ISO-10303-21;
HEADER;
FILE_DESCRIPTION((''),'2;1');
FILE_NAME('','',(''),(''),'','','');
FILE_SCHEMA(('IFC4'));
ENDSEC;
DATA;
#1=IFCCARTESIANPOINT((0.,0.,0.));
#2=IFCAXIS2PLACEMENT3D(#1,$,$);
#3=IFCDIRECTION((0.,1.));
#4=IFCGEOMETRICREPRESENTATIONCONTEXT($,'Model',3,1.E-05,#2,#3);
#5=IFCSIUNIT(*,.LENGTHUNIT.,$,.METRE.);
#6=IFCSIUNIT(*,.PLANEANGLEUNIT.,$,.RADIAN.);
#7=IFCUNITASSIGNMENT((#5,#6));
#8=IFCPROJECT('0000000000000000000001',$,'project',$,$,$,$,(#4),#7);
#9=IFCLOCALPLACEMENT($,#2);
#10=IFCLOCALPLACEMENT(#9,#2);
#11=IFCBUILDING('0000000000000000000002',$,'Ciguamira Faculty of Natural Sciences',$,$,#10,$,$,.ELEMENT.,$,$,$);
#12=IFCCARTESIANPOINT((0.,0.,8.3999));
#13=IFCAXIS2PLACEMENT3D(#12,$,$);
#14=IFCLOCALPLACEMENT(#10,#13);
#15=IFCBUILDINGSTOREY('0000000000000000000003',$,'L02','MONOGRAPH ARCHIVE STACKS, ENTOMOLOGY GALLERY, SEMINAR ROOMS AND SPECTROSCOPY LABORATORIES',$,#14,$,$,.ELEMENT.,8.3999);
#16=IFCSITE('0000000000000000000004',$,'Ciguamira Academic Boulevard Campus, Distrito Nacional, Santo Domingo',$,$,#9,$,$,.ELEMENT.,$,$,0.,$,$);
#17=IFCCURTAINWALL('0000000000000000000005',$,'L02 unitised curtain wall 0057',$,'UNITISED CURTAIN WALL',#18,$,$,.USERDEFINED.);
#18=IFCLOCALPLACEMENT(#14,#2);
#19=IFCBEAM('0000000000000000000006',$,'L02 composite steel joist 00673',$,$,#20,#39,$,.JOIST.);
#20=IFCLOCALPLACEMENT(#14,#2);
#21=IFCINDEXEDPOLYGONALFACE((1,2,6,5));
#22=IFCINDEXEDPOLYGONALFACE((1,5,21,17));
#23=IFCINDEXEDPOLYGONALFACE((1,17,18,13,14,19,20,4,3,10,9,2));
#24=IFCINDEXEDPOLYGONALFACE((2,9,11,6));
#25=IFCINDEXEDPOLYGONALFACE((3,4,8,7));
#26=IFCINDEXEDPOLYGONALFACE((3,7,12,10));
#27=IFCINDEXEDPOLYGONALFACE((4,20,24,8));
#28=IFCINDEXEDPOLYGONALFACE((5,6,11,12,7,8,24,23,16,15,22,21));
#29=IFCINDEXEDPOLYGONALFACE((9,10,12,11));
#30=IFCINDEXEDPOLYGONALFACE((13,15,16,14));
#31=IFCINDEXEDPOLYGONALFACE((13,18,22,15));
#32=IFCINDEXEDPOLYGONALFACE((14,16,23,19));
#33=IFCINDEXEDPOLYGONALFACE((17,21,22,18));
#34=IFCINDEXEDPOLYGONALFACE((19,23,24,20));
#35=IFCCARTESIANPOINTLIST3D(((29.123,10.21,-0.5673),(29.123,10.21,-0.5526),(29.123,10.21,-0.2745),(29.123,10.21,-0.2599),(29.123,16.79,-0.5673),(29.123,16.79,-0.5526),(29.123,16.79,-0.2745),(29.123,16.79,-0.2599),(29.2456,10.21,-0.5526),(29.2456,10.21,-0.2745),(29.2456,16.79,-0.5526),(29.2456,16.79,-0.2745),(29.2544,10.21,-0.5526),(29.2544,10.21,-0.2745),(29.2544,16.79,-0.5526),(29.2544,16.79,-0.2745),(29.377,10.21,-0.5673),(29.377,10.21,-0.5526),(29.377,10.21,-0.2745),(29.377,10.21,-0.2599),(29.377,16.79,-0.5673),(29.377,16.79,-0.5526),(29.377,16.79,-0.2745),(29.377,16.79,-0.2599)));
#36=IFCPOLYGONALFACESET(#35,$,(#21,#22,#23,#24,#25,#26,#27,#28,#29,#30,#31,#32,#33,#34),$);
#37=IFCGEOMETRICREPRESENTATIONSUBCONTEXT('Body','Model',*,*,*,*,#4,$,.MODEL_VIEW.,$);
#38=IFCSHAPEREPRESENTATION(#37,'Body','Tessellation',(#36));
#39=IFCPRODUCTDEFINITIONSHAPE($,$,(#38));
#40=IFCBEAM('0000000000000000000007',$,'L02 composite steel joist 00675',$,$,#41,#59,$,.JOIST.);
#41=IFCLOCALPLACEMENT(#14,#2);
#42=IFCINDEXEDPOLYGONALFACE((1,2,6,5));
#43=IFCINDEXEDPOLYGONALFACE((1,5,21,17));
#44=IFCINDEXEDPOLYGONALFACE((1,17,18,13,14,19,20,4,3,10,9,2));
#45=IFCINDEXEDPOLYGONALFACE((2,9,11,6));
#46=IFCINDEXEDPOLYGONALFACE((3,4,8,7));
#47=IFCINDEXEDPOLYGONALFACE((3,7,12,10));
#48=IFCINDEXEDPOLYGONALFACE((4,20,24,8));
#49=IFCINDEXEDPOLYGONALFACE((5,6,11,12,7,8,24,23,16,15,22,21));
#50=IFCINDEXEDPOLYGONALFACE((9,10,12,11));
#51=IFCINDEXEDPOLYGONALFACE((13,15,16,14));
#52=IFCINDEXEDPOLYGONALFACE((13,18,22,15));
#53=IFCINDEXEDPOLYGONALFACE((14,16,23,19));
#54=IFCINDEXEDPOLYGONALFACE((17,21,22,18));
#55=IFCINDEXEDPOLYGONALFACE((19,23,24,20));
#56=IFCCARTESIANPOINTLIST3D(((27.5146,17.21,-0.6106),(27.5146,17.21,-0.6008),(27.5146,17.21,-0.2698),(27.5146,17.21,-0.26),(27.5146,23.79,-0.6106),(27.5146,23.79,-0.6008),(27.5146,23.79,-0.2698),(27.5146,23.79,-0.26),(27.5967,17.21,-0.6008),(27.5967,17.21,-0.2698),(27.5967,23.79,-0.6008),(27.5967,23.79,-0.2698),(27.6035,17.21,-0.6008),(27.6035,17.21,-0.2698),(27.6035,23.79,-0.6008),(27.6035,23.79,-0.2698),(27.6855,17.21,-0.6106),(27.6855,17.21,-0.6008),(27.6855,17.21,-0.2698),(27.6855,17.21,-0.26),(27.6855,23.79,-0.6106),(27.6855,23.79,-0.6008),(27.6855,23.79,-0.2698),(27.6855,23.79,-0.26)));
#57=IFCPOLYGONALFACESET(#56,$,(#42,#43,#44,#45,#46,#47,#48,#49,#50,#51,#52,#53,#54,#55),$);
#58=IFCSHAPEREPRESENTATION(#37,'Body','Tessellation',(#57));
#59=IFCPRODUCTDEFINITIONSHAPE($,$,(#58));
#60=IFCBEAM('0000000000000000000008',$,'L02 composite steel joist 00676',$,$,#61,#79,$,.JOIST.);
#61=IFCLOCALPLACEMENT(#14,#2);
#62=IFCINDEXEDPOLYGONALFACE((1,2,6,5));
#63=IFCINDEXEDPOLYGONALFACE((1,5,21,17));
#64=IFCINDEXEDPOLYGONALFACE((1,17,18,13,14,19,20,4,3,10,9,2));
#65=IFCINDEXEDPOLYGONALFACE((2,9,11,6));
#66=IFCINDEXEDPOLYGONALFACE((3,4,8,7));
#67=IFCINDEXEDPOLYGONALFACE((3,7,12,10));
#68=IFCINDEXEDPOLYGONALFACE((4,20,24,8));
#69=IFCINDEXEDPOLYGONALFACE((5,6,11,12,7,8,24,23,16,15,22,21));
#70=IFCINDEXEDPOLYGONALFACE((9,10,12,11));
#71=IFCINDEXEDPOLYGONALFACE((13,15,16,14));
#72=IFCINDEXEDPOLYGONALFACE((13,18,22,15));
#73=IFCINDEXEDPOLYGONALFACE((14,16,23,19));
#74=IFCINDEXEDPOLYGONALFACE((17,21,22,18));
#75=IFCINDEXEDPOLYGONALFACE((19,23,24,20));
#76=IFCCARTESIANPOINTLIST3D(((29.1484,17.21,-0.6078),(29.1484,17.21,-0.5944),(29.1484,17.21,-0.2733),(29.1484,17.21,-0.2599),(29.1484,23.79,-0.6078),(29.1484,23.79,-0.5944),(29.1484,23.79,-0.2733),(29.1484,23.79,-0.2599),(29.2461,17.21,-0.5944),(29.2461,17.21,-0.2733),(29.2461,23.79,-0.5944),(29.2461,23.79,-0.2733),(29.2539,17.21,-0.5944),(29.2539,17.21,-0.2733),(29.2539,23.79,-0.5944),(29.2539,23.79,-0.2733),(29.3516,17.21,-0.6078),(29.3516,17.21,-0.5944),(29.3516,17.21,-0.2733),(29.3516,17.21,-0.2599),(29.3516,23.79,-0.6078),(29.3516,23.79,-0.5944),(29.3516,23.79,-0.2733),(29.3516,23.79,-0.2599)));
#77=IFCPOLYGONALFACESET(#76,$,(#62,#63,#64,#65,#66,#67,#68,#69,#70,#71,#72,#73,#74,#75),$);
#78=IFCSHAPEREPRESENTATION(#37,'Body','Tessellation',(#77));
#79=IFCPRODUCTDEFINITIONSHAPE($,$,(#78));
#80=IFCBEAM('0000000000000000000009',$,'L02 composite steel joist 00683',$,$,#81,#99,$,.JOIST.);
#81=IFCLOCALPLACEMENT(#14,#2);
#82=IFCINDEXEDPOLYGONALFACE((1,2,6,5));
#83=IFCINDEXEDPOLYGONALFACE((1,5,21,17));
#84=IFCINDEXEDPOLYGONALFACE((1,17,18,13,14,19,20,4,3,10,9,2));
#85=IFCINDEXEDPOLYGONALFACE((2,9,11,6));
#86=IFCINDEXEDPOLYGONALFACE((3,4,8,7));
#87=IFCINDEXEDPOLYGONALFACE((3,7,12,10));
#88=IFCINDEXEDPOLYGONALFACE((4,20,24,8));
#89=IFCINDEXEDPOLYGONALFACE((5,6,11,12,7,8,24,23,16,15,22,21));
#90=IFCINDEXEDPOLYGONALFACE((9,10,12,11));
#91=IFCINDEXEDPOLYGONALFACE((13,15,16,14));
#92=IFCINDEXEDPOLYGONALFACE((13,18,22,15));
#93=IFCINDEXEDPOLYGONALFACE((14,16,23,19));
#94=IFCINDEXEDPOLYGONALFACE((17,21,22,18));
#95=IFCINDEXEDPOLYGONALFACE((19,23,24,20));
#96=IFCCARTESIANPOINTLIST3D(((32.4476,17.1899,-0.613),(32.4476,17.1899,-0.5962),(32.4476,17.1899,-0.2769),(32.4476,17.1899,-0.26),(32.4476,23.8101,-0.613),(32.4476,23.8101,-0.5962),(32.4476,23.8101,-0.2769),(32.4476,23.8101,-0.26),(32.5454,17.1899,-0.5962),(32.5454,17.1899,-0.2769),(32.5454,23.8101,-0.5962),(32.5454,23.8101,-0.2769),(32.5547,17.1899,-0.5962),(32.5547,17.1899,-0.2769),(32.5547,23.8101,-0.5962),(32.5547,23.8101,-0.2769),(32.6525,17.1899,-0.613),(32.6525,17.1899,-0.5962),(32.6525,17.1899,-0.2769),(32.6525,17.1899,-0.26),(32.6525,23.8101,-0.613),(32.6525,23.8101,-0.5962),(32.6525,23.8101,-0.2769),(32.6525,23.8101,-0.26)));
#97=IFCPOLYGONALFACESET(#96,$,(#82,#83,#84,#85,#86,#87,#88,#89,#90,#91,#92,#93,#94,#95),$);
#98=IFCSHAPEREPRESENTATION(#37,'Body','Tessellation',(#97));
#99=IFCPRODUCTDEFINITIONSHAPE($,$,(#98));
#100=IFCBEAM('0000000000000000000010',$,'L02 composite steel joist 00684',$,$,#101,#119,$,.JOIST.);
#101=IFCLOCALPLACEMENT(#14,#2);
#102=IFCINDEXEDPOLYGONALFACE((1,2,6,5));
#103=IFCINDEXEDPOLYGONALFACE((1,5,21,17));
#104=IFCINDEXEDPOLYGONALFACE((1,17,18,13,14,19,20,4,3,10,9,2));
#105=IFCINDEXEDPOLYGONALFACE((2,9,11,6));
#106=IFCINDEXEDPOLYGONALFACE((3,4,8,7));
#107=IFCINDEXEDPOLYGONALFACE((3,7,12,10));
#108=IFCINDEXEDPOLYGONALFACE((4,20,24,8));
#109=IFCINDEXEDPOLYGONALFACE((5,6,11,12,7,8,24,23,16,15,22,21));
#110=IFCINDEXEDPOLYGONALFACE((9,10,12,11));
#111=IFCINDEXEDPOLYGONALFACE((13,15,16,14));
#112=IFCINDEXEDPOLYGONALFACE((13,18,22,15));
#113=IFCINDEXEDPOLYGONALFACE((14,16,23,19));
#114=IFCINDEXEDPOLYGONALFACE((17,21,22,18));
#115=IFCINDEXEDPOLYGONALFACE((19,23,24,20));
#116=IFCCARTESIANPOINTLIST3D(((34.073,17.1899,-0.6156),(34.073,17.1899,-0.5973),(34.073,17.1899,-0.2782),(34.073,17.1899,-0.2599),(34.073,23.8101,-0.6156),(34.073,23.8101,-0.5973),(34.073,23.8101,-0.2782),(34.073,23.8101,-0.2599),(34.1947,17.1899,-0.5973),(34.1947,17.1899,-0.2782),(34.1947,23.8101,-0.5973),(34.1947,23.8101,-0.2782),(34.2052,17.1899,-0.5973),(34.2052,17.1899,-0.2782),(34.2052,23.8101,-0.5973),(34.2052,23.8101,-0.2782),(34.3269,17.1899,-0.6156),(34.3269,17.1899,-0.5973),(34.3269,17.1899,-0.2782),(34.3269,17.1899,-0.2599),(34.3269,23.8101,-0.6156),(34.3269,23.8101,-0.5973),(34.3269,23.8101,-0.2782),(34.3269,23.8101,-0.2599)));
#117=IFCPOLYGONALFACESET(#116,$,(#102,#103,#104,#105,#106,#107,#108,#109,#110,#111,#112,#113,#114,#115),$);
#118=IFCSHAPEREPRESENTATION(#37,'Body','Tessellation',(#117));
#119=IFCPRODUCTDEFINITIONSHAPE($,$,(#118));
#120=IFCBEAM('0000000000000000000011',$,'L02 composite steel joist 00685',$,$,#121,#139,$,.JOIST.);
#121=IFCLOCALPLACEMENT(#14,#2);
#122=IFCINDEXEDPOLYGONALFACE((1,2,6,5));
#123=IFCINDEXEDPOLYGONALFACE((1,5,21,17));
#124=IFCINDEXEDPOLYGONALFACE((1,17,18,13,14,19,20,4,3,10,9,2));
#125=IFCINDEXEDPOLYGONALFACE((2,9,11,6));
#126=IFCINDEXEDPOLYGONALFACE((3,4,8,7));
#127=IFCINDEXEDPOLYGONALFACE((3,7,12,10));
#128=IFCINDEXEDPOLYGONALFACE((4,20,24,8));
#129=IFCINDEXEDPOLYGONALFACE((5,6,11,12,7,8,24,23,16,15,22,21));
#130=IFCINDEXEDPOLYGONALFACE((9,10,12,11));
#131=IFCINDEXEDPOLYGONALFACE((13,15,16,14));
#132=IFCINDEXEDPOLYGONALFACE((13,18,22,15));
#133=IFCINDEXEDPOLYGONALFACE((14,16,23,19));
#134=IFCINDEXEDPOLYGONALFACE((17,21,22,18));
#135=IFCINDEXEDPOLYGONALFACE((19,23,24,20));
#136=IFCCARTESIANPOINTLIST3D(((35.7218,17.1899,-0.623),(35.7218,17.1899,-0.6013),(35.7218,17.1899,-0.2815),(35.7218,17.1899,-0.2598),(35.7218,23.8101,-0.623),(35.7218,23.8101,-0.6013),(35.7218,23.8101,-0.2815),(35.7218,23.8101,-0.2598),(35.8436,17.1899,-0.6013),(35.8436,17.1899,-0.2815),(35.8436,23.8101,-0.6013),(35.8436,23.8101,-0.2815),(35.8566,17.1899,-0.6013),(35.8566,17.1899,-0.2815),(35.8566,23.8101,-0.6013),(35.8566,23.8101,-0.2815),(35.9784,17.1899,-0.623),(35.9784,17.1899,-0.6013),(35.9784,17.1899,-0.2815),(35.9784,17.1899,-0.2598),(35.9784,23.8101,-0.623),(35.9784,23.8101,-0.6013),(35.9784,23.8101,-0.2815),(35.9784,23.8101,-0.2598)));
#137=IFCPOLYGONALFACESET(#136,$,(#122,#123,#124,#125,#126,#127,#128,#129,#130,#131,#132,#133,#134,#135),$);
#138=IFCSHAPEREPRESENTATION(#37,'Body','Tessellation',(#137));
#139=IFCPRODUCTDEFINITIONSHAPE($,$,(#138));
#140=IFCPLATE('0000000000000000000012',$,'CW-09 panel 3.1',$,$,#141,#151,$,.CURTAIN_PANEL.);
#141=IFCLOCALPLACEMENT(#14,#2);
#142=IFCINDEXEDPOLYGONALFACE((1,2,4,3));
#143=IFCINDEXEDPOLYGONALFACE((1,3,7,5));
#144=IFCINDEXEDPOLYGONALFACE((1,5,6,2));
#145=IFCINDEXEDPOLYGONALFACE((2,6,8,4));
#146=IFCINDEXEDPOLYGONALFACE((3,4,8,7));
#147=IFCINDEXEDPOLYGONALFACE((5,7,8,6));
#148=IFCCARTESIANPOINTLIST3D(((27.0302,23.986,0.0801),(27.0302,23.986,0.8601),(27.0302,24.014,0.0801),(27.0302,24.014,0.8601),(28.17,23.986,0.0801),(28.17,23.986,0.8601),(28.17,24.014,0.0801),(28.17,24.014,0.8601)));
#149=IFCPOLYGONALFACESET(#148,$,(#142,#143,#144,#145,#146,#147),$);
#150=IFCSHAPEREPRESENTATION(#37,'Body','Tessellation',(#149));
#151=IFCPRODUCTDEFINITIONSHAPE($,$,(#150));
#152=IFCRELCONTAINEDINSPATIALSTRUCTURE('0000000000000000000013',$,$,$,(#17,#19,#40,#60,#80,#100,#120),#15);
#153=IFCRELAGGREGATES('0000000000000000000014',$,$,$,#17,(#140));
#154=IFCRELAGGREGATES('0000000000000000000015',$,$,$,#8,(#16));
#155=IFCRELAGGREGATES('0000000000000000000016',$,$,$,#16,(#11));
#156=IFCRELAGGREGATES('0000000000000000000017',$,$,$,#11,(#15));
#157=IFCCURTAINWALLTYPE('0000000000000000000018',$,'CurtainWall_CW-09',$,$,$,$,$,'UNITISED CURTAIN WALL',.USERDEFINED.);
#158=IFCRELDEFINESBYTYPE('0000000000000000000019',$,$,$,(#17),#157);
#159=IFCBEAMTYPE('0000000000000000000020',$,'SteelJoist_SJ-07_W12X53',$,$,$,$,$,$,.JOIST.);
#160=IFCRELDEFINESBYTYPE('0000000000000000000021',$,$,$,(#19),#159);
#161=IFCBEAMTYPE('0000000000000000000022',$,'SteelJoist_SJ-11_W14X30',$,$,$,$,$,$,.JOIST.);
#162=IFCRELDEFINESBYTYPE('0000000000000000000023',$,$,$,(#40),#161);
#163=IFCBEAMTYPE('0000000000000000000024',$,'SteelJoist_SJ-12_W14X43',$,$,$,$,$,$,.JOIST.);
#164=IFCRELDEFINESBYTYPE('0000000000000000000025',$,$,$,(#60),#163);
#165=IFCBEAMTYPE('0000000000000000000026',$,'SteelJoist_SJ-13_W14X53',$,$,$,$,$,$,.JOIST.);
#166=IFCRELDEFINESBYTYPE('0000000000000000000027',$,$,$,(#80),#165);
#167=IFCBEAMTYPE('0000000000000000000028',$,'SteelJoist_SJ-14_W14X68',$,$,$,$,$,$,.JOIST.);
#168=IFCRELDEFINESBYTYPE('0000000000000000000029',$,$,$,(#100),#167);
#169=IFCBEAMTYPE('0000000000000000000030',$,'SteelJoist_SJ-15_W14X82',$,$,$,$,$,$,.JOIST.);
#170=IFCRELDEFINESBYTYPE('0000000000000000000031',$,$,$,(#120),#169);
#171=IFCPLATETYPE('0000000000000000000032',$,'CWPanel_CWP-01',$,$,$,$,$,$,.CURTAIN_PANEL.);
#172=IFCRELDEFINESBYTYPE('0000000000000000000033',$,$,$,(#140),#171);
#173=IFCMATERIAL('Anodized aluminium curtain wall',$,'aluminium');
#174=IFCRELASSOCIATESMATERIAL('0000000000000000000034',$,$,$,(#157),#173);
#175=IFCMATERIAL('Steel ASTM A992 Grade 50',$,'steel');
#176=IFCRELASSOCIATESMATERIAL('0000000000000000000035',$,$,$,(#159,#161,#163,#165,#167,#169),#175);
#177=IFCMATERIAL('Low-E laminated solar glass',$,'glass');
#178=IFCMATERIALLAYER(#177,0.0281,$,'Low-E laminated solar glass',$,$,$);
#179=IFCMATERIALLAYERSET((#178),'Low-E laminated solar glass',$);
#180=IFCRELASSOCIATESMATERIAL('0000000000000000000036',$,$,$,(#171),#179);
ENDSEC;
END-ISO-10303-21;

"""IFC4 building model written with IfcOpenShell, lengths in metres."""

from ifc_helpers import new_model, si_unit, direction, frame, origin, origin_2d, place, context, subcontext, project, spatial, rectangle, i_section, extrude, material, layer, layer_set, material_profile, profile_set, type_object, element, aggregate, save


model = new_model("IFC4")

# Units and contexts
model_context = context("Model", 3, precision=1e-05, world=origin(), true_north=direction((0.0, 1.0)))
body_context = subcontext(model_context, "Body", "Model", "MODEL_VIEW")
ifc_project = project(units=[si_unit("LENGTHUNIT", "METRE"), si_unit("PLANEANGLEUNIT", "RADIAN")], contexts=[model_context])

# Site, building, storey
site_placement = place(None, origin())
site = spatial("IfcSite", under=ifc_project, at=site_placement, Name="Ciguamira Academic Boulevard Campus, Distrito Nacional, Santo Domingo", CompositionType="ELEMENT", RefElevation=0.0)
building_placement = place(site_placement, origin())
building = spatial("IfcBuilding", under=site, at=building_placement, Name="Ciguamira Faculty of Natural Sciences", CompositionType="ELEMENT")
storey_placement = place(building_placement, frame((0.0, 0.0, 8.3999)))
storey = spatial("IfcBuildingStorey", under=building, at=storey_placement, Name="L02", Description="MONOGRAPH ARCHIVE STACKS, ENTOMOLOGY GALLERY, SEMINAR ROOMS AND SPECTROSCOPY LABORATORIES", CompositionType="ELEMENT", Elevation=8.3999)

# Curtain wall
ifc_material_1 = material(Name="Anodized aluminium curtain wall", Category="aluminium")
curtain_wall_type = type_object("IfcCurtainWallType", Name="CurtainWall_CW-09", ElementType="UNITISED CURTAIN WALL", PredefinedType="USERDEFINED", material=ifc_material_1)
curtain_wall_placement = place(storey_placement, origin())
curtain_wall = element("IfcCurtainWall", 1, at=curtain_wall_placement, inside=storey, type_object=curtain_wall_type, Name="L02 unitised curtain wall 0057", ObjectType="UNITISED CURTAIN WALL", PredefinedType="USERDEFINED")

# Beams
ifc_material_2 = material(Name="Steel ASTM A992 Grade 50", Category="steel")
ifc_material_profile_1 = material_profile(ifc_material_2, i_section(OverallWidth=0.2539, OverallDepth=0.3074, WebThickness=0.0088, FlangeThickness=0.0146, at=origin_2d()), Name="W12X53")
ifc_profile_set_1 = profile_set([ifc_material_profile_1], Name="Steel ASTM A992 Grade 50")
beam_type_1 = type_object("IfcBeamType", Name="SteelJoist_SJ-07_W12X53", PredefinedType="JOIST", material=ifc_profile_set_1)
beam_1_placement = place(storey_placement, frame((29.25, 10.21, -0.4136), z_axis=(0.0, 1.0, 0.0), x_axis=(-1.0, 0.0, 0.0)))
element("IfcBeam", 2, at=beam_1_placement, inside=storey, type_object=beam_type_1, Name="L02 composite steel joist 00673", PredefinedType="JOIST", context=body_context, shape_type="SweptSolid", body=[
    extrude(i_section(OverallWidth=0.2539, OverallDepth=0.3074, WebThickness=0.0088, FlangeThickness=0.0146, at=origin_2d()), origin(), (0.0, 0.0, 1.0), 6.5801),
])
ifc_material_profile_2 = material_profile(ifc_material_2, i_section(OverallWidth=0.1709, OverallDepth=0.3506, WebThickness=0.0068, FlangeThickness=0.0098, at=origin_2d()), Name="W14X30")
ifc_profile_set_2 = profile_set([ifc_material_profile_2], Name="Steel ASTM A992 Grade 50")
beam_type_2 = type_object("IfcBeamType", Name="SteelJoist_SJ-11_W14X30", PredefinedType="JOIST", material=ifc_profile_set_2)
beam_2_placement = place(storey_placement, frame((27.6001, 17.21, -0.4353), z_axis=(0.0, 1.0, 0.0), x_axis=(-1.0, 0.0, 0.0)))
element("IfcBeam", 3, at=beam_2_placement, inside=storey, type_object=beam_type_2, Name="L02 composite steel joist 00675", PredefinedType="JOIST", context=body_context, shape_type="SweptSolid", body=[
    extrude(i_section(OverallWidth=0.1709, OverallDepth=0.3506, WebThickness=0.0068, FlangeThickness=0.0098, at=origin_2d()), origin(), (0.0, 0.0, 1.0), 6.5801),
])
ifc_material_profile_3 = material_profile(ifc_material_2, i_section(OverallWidth=0.2031, OverallDepth=0.3479, WebThickness=0.0078, FlangeThickness=0.0134, at=origin_2d()), Name="W14X43")
ifc_profile_set_3 = profile_set([ifc_material_profile_3], Name="Steel ASTM A992 Grade 50")
beam_type_3 = type_object("IfcBeamType", Name="SteelJoist_SJ-12_W14X43", PredefinedType="JOIST", material=ifc_profile_set_3)
beam_3_placement = place(storey_placement, frame((29.25, 17.21, -0.4338), z_axis=(0.0, 1.0, 0.0), x_axis=(-1.0, 0.0, 0.0)))
element("IfcBeam", 4, at=beam_3_placement, inside=storey, type_object=beam_type_3, Name="L02 composite steel joist 00676", PredefinedType="JOIST", context=body_context, shape_type="SweptSolid", body=[
    extrude(i_section(OverallWidth=0.2031, OverallDepth=0.3479, WebThickness=0.0078, FlangeThickness=0.0134, at=origin_2d()), origin(), (0.0, 0.0, 1.0), 6.5801),
])
ifc_material_profile_4 = material_profile(ifc_material_2, i_section(OverallWidth=0.2048, OverallDepth=0.353, WebThickness=0.0093, FlangeThickness=0.0168, at=origin_2d()), Name="W14X53")
ifc_profile_set_4 = profile_set([ifc_material_profile_4], Name="Steel ASTM A992 Grade 50")
beam_type_4 = type_object("IfcBeamType", Name="SteelJoist_SJ-13_W14X53", PredefinedType="JOIST", material=ifc_profile_set_4)
beam_4_placement = place(storey_placement, frame((32.55, 17.1899, -0.4365), z_axis=(0.0, 1.0, 0.0), x_axis=(-1.0, 0.0, 0.0)))
element("IfcBeam", 5, at=beam_4_placement, inside=storey, type_object=beam_type_4, Name="L02 composite steel joist 00683", PredefinedType="JOIST", context=body_context, shape_type="SweptSolid", body=[
    extrude(i_section(OverallWidth=0.2048, OverallDepth=0.353, WebThickness=0.0093, FlangeThickness=0.0168, at=origin_2d()), origin(), (0.0, 0.0, 1.0), 6.6201),
])
ifc_material_profile_5 = material_profile(ifc_material_2, i_section(OverallWidth=0.2539, OverallDepth=0.3557, WebThickness=0.0105, FlangeThickness=0.0183, at=origin_2d()), Name="W14X68")
ifc_profile_set_5 = profile_set([ifc_material_profile_5], Name="Steel ASTM A992 Grade 50")
beam_type_5 = type_object("IfcBeamType", Name="SteelJoist_SJ-14_W14X68", PredefinedType="JOIST", material=ifc_profile_set_5)
beam_5_placement = place(storey_placement, frame((34.2, 17.1899, -0.4377), z_axis=(0.0, 1.0, 0.0), x_axis=(-1.0, 0.0, 0.0)))
element("IfcBeam", 6, at=beam_5_placement, inside=storey, type_object=beam_type_5, Name="L02 composite steel joist 00684", PredefinedType="JOIST", context=body_context, shape_type="SweptSolid", body=[
    extrude(i_section(OverallWidth=0.2539, OverallDepth=0.3557, WebThickness=0.0105, FlangeThickness=0.0183, at=origin_2d()), origin(), (0.0, 0.0, 1.0), 6.6201),
])
ifc_material_profile_6 = material_profile(ifc_material_2, i_section(OverallWidth=0.2566, OverallDepth=0.3633, WebThickness=0.0129, FlangeThickness=0.0217, at=origin_2d()), Name="W14X82")
ifc_profile_set_6 = profile_set([ifc_material_profile_6], Name="Steel ASTM A992 Grade 50")
beam_type_6 = type_object("IfcBeamType", Name="SteelJoist_SJ-15_W14X82", PredefinedType="JOIST", material=ifc_profile_set_6)
beam_6_placement = place(storey_placement, frame((35.8501, 17.1899, -0.4414), z_axis=(0.0, 1.0, 0.0), x_axis=(-1.0, 0.0, 0.0)))
element("IfcBeam", 7, at=beam_6_placement, inside=storey, type_object=beam_type_6, Name="L02 composite steel joist 00685", PredefinedType="JOIST", context=body_context, shape_type="SweptSolid", body=[
    extrude(i_section(OverallWidth=0.2566, OverallDepth=0.3633, WebThickness=0.0129, FlangeThickness=0.0217, at=origin_2d()), origin(), (0.0, 0.0, 1.0), 6.6201),
])

# Plate
ifc_material_3 = material(Name="Low-E laminated solar glass", Category="glass")
ifc_layer_1 = layer(ifc_material_3, 0.0281, Name="Low-E laminated solar glass")
ifc_layer_set_1 = layer_set([ifc_layer_1], Name="Low-E laminated solar glass")
plate_type = type_object("IfcPlateType", Name="CWPanel_CWP-01", PredefinedType="CURTAIN_PANEL", material=ifc_layer_set_1)
plate_placement = place(storey_placement, frame((27.6001, 24.0, 0.0801), z_axis=(0.0, 0.0, 1.0), x_axis=(1.0, 0.0, 0.0)))
plate = element("IfcPlate", 8, at=plate_placement, type_object=plate_type, Name="CW-09 panel 3.1", PredefinedType="CURTAIN_PANEL", context=body_context, shape_type="SweptSolid", body=[
    extrude(rectangle(XDim=1.1399, YDim=0.0281, at=origin_2d()), origin(), (0.0, 0.0, 1.0), 0.78),
])
aggregate(curtain_wall, [plate])

save(model, "model.ifc")
